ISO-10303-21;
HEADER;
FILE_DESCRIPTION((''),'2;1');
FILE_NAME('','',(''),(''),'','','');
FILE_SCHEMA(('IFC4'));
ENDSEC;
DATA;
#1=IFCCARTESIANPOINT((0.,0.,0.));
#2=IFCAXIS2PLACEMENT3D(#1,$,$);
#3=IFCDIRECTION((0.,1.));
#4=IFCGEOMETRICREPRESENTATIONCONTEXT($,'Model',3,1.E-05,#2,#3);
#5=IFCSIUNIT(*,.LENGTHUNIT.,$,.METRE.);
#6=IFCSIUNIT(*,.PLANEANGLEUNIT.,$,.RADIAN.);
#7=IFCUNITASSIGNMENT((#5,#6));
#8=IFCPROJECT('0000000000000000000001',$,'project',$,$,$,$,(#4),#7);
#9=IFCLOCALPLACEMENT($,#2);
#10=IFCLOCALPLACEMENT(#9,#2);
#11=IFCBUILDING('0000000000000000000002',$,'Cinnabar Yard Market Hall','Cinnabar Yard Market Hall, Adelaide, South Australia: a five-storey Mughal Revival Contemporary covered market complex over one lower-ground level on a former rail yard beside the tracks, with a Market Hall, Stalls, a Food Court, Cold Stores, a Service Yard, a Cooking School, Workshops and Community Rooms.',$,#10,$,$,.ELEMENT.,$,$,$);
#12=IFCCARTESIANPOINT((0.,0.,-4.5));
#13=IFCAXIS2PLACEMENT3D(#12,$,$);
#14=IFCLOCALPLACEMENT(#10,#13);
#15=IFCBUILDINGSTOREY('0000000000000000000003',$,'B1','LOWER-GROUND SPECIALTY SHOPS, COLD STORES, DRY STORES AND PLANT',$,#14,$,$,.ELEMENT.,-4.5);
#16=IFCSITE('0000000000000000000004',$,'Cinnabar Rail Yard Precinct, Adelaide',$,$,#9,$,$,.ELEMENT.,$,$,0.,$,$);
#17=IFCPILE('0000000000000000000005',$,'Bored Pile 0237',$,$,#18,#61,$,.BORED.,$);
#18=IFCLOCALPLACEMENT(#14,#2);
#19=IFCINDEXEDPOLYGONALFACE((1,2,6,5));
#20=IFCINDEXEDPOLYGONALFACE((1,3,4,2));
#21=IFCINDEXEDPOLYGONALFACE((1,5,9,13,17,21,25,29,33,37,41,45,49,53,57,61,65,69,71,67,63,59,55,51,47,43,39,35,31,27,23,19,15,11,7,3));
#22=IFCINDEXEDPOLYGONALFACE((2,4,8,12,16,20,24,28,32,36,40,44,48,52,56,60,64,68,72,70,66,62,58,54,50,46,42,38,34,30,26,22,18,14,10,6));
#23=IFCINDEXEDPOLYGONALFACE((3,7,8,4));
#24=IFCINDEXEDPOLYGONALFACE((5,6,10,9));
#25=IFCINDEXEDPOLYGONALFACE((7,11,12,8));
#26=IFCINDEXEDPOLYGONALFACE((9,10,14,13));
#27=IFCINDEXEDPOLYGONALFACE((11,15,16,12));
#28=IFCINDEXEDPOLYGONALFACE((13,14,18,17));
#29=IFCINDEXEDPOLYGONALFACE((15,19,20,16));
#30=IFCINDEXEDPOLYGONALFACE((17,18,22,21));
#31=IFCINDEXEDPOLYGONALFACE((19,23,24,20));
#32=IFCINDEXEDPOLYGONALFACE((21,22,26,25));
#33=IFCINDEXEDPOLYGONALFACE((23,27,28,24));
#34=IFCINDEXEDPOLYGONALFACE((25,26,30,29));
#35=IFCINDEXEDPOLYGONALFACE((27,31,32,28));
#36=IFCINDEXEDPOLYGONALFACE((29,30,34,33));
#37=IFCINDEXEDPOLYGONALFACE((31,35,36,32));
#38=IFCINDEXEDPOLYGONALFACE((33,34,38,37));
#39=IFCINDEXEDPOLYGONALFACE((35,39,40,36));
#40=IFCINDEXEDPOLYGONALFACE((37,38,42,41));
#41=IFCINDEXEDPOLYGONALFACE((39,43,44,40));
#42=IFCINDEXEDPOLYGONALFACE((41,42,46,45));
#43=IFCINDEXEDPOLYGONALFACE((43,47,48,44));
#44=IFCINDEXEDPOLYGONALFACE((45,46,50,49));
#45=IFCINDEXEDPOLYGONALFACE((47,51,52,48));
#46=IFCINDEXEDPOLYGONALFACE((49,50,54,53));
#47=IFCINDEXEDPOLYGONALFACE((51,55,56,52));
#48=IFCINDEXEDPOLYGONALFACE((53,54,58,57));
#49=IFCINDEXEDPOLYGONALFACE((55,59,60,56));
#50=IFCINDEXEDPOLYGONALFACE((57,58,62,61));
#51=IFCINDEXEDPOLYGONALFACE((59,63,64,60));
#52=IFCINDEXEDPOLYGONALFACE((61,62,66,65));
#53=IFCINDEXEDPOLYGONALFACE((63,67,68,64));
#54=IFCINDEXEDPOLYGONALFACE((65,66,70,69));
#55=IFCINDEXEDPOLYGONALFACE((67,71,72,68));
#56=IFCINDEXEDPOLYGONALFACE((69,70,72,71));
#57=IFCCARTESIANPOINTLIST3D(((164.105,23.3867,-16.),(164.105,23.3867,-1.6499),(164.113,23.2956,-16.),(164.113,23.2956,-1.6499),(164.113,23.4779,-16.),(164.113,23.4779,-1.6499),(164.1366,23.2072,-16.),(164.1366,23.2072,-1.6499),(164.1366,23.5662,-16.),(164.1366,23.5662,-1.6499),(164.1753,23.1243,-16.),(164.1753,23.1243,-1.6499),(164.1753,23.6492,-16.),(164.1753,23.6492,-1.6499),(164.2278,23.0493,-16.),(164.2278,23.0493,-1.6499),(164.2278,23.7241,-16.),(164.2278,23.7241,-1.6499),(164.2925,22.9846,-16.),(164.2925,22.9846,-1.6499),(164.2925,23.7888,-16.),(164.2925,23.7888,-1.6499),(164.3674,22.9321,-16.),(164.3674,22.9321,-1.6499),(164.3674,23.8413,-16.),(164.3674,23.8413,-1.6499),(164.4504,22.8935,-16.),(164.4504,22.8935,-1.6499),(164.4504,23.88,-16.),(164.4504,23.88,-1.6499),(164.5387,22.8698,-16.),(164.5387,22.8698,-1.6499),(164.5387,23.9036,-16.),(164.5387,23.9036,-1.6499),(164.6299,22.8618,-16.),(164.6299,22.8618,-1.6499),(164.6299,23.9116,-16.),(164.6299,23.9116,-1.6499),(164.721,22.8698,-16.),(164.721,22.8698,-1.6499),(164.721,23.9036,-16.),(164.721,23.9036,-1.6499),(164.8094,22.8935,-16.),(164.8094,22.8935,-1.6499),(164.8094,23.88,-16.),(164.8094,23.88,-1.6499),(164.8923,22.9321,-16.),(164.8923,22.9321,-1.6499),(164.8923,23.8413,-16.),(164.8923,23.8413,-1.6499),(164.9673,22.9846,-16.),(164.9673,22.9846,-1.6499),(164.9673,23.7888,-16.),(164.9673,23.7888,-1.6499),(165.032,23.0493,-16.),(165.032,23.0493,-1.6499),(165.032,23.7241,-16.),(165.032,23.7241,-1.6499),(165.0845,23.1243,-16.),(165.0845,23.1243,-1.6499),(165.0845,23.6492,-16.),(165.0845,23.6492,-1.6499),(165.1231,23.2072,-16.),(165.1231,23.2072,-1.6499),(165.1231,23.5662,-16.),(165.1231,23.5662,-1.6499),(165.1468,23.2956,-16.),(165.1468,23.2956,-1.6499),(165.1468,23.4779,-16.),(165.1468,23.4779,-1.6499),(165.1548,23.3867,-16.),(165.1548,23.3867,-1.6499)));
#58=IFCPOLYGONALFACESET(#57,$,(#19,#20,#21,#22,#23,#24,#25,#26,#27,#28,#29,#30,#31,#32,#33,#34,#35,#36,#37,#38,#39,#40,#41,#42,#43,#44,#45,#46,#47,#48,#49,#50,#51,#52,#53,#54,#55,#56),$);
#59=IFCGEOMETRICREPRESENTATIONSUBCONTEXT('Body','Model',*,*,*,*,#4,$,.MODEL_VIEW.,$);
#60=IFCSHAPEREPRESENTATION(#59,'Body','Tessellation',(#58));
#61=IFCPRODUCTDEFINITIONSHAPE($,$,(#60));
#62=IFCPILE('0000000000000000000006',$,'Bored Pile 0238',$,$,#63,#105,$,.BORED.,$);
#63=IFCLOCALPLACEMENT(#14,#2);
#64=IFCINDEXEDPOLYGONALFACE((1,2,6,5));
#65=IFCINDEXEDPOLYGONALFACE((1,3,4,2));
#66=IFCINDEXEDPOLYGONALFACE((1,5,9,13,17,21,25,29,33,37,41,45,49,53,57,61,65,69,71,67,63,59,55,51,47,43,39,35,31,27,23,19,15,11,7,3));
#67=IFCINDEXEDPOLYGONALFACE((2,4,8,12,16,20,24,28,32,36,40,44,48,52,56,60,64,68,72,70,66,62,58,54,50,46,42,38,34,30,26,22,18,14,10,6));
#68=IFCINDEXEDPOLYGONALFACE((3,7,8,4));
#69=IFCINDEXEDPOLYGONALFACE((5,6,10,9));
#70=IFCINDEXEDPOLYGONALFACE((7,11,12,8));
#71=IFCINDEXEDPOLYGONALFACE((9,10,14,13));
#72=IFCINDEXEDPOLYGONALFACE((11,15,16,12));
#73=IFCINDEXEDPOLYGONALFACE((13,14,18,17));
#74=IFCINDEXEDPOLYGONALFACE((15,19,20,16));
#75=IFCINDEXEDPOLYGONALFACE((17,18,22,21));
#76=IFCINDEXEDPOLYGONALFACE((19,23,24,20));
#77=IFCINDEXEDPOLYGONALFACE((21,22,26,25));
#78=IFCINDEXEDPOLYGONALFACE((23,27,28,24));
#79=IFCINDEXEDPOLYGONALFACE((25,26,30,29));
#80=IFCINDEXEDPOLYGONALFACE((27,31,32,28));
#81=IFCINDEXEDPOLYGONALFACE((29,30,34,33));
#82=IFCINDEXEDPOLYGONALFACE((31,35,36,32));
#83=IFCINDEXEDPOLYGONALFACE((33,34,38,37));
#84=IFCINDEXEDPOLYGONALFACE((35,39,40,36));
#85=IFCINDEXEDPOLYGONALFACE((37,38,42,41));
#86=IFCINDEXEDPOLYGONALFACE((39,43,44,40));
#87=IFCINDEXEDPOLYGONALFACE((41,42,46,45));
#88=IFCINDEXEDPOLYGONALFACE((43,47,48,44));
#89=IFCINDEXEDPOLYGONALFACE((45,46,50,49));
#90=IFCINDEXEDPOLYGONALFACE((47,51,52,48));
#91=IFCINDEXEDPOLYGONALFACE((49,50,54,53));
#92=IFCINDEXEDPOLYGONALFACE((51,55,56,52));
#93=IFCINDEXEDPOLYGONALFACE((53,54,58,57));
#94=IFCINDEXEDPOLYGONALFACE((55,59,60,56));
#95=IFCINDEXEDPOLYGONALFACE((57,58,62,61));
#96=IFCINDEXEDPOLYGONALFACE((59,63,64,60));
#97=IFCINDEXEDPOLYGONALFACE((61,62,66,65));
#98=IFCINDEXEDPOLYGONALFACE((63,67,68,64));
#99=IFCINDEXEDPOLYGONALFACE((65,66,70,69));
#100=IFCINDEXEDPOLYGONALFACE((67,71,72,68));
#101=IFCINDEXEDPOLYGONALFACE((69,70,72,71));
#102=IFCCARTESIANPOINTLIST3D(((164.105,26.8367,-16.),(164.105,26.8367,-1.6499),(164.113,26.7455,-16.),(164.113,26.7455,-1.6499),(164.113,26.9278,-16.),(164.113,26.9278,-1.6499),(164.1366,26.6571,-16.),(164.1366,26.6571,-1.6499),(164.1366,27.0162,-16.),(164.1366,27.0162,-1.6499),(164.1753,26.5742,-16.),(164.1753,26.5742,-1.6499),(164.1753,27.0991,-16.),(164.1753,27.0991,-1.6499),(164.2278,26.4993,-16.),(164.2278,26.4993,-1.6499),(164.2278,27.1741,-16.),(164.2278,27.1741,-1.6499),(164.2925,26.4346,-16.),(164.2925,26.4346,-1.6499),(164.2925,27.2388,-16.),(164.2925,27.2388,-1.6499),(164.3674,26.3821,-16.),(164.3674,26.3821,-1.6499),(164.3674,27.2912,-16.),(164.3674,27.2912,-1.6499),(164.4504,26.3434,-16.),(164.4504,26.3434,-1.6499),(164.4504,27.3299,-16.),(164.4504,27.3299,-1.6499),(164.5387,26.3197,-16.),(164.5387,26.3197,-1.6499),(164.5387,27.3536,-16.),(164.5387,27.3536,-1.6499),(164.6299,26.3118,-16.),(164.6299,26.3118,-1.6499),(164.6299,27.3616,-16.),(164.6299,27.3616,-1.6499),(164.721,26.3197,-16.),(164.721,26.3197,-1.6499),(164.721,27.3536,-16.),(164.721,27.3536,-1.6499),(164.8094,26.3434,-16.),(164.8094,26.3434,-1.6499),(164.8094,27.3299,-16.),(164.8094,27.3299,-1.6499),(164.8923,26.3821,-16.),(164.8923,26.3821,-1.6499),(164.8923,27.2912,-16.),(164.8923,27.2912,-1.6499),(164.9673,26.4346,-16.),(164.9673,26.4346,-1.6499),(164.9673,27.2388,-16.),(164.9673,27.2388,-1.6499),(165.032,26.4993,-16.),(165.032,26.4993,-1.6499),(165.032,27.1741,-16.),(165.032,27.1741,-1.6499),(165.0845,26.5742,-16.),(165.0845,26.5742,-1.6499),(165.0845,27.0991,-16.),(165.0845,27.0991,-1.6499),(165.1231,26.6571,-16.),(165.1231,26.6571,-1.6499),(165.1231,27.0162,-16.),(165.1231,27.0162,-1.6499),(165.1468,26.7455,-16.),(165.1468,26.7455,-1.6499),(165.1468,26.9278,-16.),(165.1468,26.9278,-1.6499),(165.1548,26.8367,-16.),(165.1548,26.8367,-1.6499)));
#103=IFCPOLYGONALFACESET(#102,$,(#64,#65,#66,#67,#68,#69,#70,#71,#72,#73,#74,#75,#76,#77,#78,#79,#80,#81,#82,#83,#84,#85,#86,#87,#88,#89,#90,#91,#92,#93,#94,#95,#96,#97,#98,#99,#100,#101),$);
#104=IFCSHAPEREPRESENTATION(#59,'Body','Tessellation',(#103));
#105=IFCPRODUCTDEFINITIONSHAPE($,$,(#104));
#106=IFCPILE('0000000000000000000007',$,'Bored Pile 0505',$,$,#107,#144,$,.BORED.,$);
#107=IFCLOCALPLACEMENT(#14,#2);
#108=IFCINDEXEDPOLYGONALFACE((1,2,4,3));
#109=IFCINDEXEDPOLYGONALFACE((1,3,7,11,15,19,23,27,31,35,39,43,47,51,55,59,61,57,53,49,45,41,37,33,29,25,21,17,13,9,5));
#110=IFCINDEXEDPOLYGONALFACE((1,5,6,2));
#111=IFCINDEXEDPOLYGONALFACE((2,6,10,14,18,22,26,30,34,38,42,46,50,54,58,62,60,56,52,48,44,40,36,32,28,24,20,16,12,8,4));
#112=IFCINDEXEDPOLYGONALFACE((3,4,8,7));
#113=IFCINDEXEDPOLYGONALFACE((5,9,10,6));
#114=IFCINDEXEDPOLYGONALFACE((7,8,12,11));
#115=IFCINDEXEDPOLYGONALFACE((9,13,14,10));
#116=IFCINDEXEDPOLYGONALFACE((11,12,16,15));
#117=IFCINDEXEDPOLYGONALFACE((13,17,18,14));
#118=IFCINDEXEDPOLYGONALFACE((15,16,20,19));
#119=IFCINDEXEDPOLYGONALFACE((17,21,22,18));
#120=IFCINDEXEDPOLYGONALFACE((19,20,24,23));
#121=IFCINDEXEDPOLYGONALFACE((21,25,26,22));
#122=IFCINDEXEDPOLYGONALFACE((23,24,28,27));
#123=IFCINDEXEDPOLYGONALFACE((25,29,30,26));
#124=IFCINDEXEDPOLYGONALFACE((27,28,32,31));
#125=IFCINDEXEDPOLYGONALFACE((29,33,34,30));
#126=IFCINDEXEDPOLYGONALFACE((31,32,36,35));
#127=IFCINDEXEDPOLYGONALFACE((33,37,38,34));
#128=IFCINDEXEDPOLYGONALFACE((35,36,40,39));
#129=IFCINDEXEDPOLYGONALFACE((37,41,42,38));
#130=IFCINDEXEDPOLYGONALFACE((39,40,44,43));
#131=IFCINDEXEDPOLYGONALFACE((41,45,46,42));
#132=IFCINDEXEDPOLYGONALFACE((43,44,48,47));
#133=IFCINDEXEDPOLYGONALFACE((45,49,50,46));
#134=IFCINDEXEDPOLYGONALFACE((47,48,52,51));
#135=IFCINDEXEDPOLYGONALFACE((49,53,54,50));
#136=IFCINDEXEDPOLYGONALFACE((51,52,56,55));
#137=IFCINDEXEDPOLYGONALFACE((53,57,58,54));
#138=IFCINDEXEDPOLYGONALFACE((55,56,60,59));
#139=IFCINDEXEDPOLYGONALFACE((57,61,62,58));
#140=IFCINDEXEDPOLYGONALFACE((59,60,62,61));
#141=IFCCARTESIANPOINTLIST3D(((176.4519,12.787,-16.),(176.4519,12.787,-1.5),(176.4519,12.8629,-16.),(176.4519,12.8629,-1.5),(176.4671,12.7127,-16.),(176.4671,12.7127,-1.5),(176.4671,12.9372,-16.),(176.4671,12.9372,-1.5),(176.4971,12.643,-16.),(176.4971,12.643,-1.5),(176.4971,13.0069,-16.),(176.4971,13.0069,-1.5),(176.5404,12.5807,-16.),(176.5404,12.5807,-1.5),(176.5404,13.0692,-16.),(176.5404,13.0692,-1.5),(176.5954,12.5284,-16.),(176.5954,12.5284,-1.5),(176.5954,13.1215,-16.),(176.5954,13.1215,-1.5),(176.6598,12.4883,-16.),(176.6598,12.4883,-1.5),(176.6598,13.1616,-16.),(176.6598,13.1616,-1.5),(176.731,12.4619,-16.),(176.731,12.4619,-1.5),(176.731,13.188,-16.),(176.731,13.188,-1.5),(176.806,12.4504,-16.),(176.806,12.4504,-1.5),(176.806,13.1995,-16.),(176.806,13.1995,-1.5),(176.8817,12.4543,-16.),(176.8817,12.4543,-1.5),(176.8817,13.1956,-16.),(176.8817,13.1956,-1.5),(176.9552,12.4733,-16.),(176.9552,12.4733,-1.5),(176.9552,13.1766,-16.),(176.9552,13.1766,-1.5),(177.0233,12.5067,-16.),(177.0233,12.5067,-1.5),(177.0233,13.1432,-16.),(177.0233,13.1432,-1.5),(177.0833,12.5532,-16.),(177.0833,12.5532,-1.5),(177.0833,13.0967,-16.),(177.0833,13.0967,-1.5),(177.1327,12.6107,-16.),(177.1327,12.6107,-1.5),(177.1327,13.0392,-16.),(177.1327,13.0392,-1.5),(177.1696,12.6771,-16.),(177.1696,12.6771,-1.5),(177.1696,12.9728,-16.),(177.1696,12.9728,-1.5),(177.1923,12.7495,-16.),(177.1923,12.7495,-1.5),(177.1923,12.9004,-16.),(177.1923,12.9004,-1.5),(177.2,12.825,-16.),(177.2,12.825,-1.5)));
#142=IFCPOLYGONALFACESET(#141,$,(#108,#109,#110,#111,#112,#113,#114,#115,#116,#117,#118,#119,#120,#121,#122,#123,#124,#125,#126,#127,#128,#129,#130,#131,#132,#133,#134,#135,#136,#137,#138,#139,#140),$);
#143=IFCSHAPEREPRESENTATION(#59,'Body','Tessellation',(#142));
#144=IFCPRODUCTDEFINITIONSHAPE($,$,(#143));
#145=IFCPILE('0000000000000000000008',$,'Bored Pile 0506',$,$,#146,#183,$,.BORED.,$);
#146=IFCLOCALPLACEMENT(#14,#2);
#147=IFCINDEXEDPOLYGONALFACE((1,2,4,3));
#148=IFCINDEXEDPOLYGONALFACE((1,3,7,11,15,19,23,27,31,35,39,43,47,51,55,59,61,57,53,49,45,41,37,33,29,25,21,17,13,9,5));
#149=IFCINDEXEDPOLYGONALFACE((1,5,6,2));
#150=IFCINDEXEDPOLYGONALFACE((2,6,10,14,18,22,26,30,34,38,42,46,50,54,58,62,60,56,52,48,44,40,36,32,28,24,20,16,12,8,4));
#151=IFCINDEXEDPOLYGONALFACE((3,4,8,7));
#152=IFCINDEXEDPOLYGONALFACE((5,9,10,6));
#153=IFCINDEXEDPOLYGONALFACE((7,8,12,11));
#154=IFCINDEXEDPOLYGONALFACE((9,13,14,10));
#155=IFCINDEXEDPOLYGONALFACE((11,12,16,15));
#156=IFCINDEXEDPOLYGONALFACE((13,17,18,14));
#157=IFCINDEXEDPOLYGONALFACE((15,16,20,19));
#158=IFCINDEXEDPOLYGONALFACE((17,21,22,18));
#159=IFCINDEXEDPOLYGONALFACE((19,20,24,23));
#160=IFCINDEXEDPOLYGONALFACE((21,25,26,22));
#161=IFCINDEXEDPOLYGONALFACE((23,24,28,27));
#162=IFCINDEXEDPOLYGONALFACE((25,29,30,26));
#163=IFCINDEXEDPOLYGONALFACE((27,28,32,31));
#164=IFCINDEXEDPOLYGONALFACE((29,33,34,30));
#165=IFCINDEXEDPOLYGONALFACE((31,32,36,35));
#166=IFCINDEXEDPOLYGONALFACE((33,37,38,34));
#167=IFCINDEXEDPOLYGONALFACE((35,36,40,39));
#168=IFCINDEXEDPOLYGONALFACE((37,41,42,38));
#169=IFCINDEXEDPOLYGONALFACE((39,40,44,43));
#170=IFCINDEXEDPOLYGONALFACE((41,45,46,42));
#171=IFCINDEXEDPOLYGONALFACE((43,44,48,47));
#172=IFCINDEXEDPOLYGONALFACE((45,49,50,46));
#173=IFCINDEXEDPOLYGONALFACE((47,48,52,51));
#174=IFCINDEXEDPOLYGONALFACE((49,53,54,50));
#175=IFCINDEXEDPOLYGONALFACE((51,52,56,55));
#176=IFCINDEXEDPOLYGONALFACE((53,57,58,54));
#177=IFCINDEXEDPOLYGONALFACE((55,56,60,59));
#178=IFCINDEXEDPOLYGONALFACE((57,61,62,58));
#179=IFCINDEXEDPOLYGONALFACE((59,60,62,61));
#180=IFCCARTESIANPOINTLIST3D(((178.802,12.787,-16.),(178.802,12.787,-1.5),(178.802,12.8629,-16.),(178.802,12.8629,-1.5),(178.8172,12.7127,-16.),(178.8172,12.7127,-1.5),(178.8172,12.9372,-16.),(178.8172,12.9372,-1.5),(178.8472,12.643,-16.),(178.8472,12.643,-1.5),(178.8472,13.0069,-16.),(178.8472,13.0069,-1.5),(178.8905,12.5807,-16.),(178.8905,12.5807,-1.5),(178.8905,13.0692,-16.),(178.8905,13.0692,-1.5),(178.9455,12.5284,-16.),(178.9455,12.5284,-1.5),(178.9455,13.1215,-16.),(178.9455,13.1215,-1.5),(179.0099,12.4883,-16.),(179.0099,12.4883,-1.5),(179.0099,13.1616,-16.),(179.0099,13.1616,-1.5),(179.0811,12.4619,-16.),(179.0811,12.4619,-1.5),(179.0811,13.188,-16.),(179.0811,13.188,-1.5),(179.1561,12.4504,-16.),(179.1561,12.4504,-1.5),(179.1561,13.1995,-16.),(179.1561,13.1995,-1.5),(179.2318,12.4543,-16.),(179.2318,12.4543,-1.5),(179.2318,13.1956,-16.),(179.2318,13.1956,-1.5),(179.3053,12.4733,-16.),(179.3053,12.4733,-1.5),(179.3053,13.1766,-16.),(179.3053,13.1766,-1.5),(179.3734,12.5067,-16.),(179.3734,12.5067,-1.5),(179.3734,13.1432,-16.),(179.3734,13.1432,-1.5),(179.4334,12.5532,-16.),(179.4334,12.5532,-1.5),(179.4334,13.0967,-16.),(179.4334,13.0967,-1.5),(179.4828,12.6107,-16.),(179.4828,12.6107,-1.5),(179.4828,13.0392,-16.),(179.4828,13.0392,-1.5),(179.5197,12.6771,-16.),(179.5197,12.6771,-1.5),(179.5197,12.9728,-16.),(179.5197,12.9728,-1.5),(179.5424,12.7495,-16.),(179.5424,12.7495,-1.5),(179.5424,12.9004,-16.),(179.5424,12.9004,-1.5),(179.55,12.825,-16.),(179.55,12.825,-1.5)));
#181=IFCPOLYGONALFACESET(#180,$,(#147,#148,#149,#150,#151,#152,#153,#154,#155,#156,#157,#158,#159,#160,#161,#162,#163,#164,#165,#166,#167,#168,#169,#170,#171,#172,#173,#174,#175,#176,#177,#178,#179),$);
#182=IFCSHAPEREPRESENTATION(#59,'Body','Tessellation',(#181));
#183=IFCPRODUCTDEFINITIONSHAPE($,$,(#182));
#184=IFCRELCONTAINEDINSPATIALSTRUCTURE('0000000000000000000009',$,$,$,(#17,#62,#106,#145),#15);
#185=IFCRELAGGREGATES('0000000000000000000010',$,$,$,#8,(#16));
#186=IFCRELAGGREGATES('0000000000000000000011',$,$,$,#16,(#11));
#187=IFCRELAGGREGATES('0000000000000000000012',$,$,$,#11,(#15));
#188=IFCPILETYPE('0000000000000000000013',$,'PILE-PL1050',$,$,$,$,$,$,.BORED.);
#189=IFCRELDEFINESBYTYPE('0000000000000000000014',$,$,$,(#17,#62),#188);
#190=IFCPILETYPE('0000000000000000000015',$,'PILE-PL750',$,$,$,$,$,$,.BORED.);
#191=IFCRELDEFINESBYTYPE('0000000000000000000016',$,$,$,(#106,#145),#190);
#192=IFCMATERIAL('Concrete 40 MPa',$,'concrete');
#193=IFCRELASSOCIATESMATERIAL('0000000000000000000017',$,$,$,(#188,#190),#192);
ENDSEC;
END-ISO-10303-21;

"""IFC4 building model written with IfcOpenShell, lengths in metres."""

from ifc_helpers import new_model, si_unit, direction, frame, origin, origin_2d_with_axis, place, context, subcontext, project, spatial, circle, extrude, material, material_profile, profile_set, type_object, element, save


model = new_model("IFC4")

# Units and contexts
model_context = context("Model", 3, precision=1e-05, world=origin(), true_north=direction((0.0, 1.0)))
body_context = subcontext(model_context, "Body", "Model", "MODEL_VIEW")
ifc_project = project(units=[si_unit("LENGTHUNIT", "METRE"), si_unit("PLANEANGLEUNIT", "RADIAN")], contexts=[model_context])

# Site, building, storey
site_placement = place(None, origin())
site = spatial("IfcSite", under=ifc_project, at=site_placement, Name="Cinnabar Rail Yard Precinct, Adelaide", CompositionType="ELEMENT", RefElevation=0.0)
building_placement = place(site_placement, origin())
building = spatial("IfcBuilding", under=site, at=building_placement, Name="Cinnabar Yard Market Hall", Description="Cinnabar Yard Market Hall, Adelaide, South Australia: a five-storey Mughal Revival Contemporary covered market complex over one lower-ground level on a former rail yard beside the tracks, with a Market Hall, Stalls, a Food Court, Cold Stores, a Service Yard, a Cooking School, Workshops and Community Rooms.", CompositionType="ELEMENT")
storey_placement = place(building_placement, frame((0.0, 0.0, -4.5)))
storey = spatial("IfcBuildingStorey", under=building, at=storey_placement, Name="B1", Description="LOWER-GROUND SPECIALTY SHOPS, COLD STORES, DRY STORES AND PLANT", CompositionType="ELEMENT", Elevation=-4.5)

# Shared definitions
ifc_material_1 = material(Name="Concrete 40 MPa", Category="concrete")

# Piles
ifc_material_profile_1 = material_profile(ifc_material_1, circle(Radius=0.5249, at=origin_2d_with_axis()), Name="PILE-D1050")
ifc_profile_set_1 = profile_set([ifc_material_profile_1], Name="Concrete 40 MPa")
pile_type_1 = type_object("IfcPileType", Name="PILE-PL1050", PredefinedType="BORED", material=ifc_profile_set_1)
for number, where, z_axis, x_axis, name in (
    (1, (164.6299, 23.3867, -1.6499), (0.0, 0.0, -1.0), (1.0, 0.0, 0.0), "Bored Pile 0237"),
    (2, (164.6299, 26.8367, -1.6499), (0.0, 0.0, -1.0), (1.0, 0.0, 0.0), "Bored Pile 0238"),
):
    element("IfcPile", number, at=place(storey_placement, frame(where, z_axis=z_axis, x_axis=x_axis)), inside=storey, type_object=pile_type_1, Name=name, PredefinedType="BORED", context=body_context, shape_type="SweptSolid", body=[
        extrude(circle(Radius=0.5249, at=origin_2d_with_axis()), origin(), (0.0, 0.0, 1.0), 14.3501),
    ])
ifc_material_profile_2 = material_profile(ifc_material_1, circle(Radius=0.375, at=origin_2d_with_axis()), Name="PILE-D750")
ifc_profile_set_2 = profile_set([ifc_material_profile_2], Name="Concrete 40 MPa")
pile_type_2 = type_object("IfcPileType", Name="PILE-PL750", PredefinedType="BORED", material=ifc_profile_set_2)
for number, where, z_axis, x_axis, name in (
    (3, (176.825, 12.825, -1.5), (0.0, 0.0, -1.0), (1.0, 0.0, 0.0), "Bored Pile 0505"),
    (4, (179.175, 12.825, -1.5), (0.0, 0.0, -1.0), (1.0, 0.0, 0.0), "Bored Pile 0506"),
):
    element("IfcPile", number, at=place(storey_placement, frame(where, z_axis=z_axis, x_axis=x_axis)), inside=storey, type_object=pile_type_2, Name=name, PredefinedType="BORED", context=body_context, shape_type="SweptSolid", body=[
        extrude(circle(Radius=0.375, at=origin_2d_with_axis()), origin(), (0.0, 0.0, 1.0), 14.5),
    ])

save(model, "model.ifc")
